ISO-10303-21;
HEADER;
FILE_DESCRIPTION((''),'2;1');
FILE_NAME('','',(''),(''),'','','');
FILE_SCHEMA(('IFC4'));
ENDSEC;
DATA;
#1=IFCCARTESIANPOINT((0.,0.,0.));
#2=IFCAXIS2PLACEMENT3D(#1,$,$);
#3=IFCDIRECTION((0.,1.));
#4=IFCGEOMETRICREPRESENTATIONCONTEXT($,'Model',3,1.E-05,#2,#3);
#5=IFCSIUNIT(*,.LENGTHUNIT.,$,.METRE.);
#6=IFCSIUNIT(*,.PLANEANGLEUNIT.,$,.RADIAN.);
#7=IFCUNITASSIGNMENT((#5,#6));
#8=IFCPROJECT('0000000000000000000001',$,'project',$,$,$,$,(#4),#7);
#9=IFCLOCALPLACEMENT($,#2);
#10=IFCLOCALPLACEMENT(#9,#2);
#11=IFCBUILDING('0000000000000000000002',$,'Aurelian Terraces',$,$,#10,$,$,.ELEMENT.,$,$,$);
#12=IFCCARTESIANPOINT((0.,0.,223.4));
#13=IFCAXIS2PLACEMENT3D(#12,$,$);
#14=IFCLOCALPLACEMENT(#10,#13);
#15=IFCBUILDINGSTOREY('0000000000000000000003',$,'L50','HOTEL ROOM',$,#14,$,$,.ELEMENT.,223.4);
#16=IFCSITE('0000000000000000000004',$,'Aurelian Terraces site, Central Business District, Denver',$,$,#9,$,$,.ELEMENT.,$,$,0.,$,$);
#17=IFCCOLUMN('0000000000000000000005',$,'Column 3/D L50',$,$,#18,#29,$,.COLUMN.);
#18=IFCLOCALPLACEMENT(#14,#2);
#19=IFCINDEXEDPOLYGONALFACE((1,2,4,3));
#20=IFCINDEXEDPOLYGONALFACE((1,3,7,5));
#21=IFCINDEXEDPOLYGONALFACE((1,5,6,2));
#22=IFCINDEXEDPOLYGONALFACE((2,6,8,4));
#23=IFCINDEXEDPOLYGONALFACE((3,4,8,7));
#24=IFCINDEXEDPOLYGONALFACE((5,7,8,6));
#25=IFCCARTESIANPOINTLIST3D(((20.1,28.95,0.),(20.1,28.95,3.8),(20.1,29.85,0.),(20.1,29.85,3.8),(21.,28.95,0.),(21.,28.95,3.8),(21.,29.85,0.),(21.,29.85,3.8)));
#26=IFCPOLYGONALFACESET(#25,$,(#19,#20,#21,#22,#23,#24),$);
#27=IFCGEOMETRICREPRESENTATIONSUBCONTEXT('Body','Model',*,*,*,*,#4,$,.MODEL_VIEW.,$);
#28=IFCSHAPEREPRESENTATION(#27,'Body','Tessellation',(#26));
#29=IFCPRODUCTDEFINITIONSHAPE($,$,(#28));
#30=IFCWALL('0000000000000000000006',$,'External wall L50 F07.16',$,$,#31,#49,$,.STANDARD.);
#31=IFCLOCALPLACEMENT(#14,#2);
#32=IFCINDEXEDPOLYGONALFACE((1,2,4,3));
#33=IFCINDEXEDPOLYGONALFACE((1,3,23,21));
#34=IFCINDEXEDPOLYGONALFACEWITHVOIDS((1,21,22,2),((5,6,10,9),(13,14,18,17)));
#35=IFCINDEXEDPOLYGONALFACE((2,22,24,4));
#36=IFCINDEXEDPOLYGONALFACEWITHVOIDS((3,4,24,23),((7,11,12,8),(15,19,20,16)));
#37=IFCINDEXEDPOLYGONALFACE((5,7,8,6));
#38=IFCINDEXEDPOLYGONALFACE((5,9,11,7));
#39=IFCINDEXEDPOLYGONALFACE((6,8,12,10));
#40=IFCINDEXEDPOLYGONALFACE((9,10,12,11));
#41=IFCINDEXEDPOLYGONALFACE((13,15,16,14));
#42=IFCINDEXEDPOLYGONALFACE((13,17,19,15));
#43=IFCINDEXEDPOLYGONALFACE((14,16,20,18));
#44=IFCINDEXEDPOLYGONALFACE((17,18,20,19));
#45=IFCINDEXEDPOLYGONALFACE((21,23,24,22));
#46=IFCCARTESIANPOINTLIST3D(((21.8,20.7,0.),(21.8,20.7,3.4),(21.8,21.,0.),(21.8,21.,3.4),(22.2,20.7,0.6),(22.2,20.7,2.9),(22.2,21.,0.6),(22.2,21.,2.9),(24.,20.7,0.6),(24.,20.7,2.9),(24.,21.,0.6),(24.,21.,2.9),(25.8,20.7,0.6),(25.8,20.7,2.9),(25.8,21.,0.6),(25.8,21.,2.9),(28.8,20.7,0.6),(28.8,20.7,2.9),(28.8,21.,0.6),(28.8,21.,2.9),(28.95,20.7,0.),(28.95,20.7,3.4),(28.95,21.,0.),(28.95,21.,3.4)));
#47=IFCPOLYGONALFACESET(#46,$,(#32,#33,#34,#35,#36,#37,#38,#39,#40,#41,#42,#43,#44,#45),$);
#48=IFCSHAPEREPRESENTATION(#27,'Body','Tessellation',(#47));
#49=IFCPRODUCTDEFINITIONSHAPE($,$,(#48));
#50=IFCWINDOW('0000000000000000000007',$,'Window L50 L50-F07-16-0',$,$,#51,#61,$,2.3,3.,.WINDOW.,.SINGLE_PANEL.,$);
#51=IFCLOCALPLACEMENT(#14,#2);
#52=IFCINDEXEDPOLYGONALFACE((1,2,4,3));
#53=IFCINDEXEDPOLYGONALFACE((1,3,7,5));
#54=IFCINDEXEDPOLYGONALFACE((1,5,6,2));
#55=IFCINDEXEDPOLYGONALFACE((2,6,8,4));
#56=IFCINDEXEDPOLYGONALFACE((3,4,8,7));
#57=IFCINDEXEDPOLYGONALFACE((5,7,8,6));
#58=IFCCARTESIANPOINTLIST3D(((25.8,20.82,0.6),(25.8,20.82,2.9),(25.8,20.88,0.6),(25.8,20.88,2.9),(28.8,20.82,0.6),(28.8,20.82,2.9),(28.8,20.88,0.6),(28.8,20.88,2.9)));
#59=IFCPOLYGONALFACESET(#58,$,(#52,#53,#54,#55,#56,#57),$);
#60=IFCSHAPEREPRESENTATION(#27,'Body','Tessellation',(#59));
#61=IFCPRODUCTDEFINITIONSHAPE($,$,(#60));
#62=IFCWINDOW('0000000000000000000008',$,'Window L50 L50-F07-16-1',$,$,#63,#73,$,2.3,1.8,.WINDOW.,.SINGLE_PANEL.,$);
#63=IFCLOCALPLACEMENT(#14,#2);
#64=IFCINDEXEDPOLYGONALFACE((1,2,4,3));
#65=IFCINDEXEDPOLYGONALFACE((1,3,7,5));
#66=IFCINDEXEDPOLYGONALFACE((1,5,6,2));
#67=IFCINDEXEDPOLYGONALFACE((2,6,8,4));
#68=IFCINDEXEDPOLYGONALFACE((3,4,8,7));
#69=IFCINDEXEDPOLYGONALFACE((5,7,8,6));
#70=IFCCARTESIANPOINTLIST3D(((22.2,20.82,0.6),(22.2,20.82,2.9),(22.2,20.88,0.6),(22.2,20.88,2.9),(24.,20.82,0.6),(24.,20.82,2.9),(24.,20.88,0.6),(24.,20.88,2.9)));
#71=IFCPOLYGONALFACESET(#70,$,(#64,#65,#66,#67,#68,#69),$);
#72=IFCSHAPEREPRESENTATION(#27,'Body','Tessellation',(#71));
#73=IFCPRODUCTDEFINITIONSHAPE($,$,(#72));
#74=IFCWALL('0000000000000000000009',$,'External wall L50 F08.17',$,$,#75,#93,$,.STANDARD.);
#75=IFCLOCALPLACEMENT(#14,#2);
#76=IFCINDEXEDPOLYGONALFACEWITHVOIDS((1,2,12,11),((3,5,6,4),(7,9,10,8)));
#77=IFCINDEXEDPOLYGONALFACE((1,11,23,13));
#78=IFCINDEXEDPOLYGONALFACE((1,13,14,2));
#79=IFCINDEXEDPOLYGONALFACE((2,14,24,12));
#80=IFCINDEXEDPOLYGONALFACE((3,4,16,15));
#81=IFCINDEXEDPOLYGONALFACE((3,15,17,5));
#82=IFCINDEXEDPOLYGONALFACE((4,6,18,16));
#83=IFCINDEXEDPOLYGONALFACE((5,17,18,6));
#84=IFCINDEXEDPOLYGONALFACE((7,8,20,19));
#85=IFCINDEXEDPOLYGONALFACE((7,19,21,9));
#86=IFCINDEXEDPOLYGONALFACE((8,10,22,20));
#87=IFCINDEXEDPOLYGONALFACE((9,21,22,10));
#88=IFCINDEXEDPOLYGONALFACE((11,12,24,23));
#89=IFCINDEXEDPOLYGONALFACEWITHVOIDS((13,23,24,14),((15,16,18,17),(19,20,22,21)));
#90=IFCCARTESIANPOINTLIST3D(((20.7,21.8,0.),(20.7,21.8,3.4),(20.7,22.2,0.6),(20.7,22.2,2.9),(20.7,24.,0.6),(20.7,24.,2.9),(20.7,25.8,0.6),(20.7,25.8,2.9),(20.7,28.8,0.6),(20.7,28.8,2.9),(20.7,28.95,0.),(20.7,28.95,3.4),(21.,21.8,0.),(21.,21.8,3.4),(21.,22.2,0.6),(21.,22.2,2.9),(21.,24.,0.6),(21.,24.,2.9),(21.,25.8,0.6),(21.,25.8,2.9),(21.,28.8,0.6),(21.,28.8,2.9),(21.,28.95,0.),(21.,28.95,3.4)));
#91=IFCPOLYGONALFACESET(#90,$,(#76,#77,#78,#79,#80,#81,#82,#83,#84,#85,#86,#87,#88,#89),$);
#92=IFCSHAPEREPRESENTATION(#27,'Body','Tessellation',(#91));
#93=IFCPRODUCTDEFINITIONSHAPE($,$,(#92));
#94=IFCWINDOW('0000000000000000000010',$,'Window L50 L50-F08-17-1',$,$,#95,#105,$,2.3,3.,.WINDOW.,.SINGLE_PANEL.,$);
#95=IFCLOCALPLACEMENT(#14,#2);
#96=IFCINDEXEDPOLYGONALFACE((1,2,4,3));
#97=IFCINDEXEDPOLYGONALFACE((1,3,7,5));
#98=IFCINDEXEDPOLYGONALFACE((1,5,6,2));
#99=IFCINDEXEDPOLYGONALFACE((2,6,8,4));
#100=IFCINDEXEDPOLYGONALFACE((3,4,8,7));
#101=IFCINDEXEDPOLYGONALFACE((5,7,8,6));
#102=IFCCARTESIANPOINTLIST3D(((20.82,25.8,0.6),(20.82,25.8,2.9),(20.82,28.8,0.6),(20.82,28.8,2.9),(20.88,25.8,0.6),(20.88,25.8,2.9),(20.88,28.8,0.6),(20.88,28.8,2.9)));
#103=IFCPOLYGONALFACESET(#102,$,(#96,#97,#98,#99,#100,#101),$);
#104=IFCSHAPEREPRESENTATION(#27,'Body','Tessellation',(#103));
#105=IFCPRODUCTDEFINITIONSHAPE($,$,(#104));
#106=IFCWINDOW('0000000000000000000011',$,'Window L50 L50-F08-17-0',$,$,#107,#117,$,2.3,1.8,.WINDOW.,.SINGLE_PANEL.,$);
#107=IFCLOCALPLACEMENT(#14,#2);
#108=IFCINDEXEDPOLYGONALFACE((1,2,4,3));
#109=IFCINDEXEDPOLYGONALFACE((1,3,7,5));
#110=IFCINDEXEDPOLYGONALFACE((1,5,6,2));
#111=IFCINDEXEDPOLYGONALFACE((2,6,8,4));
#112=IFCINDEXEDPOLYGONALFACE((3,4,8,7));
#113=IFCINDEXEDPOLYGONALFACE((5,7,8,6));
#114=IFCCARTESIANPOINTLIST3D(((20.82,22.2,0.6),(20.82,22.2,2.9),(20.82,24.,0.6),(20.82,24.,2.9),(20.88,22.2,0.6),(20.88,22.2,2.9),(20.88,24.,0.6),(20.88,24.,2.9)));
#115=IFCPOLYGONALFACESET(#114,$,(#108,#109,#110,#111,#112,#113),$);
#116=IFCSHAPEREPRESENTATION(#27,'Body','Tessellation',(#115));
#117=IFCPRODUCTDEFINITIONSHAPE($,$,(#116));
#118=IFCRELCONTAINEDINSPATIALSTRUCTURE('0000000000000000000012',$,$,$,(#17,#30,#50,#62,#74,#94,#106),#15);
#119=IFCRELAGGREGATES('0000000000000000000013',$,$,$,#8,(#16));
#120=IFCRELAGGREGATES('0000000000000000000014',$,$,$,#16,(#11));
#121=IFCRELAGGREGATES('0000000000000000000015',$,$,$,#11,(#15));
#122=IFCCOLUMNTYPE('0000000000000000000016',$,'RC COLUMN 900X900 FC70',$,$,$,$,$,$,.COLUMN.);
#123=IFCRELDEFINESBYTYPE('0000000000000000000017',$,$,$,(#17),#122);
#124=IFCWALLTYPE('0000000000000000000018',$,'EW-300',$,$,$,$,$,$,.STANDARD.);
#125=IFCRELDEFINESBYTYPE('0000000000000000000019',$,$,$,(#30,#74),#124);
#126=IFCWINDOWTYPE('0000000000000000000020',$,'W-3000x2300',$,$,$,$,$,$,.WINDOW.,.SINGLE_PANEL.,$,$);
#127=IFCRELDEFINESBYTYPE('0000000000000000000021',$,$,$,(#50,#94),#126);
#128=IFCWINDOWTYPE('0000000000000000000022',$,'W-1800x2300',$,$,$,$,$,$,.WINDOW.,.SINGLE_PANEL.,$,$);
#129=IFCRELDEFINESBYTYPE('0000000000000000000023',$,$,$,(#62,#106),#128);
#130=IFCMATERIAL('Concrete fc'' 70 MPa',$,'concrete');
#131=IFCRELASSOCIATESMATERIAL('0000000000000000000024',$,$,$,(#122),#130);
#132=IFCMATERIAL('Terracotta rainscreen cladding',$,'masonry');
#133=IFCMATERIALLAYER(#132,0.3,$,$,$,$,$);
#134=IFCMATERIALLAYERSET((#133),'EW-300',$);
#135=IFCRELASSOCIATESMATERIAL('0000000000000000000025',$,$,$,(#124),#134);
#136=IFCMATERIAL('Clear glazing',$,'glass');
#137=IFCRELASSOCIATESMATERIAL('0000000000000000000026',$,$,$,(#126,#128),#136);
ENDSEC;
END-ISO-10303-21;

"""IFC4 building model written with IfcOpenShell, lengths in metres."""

from ifc_helpers import new_model, si_unit, direction, frame, frame_2d, origin, origin_2d, place, context, subcontext, project, spatial, rectangle, extrude, source, transform, mapped, material, layer, layer_set, material_profile, profile_set, type_object, element, fill, save


model = new_model("IFC4")

# Units and contexts
model_context = context("Model", 3, precision=1e-05, world=origin(), true_north=direction((0.0, 1.0)))
body_context = subcontext(model_context, "Body", "Model", "MODEL_VIEW")
ifc_project = project(units=[si_unit("LENGTHUNIT", "METRE"), si_unit("PLANEANGLEUNIT", "RADIAN")], contexts=[model_context])

# Site, building, storey
site_placement = place(None, origin())
site = spatial("IfcSite", under=ifc_project, at=site_placement, Name="Aurelian Terraces site, Central Business District, Denver", CompositionType="ELEMENT", RefElevation=0.0)
building_placement = place(site_placement, origin())
building = spatial("IfcBuilding", under=site, at=building_placement, Name="Aurelian Terraces", CompositionType="ELEMENT")
storey_placement = place(building_placement, frame((0.0, 0.0, 223.4)))
storey = spatial("IfcBuildingStorey", under=building, at=storey_placement, Name="L50", Description="HOTEL ROOM", CompositionType="ELEMENT", Elevation=223.4)

# Column
ifc_material_1 = material(Name="Concrete fc' 70 MPa", Category="concrete")
ifc_material_profile = material_profile(ifc_material_1, rectangle(XDim=0.9, YDim=0.9, at=origin_2d()))
ifc_profile_set = profile_set([ifc_material_profile], Name="Concrete fc' 70 MPa")
column_type = type_object("IfcColumnType", Name="RC COLUMN 900X900 FC70", PredefinedType="COLUMN", material=ifc_profile_set)
shared_shape_1 = source(origin(), body_context, "Body", "SweptSolid", [
    extrude(rectangle(XDim=0.9, YDim=0.9, at=origin_2d()), origin(), (0.0, 0.0, 1.0), 3.8),
])
column_placement = place(storey_placement, frame((20.55, 29.4, 0.0), z_axis=(0.0, 0.0, 1.0), x_axis=(1.0, 0.0, 0.0)))
element("IfcColumn", 1, at=column_placement, inside=storey, type_object=column_type, Name="Column 3/D L50", PredefinedType="COLUMN", context=body_context, shape_type="MappedRepresentation", body=[
    mapped(shared_shape_1, transform((0.0, 0.0, 0.0), scale=1.0)),
])

# Walls, openings, windows
ifc_material_2 = material(Name="Terracotta rainscreen cladding", Category="masonry")
ifc_layer_1 = layer(ifc_material_2, 0.3)
ifc_layer_set_1 = layer_set([ifc_layer_1], Name="EW-300")
wall_type_1 = type_object("IfcWallType", Name="EW-300", PredefinedType="STANDARD", material=ifc_layer_set_1)
shared_shape_2 = source(origin(), body_context, "Body", "SweptSolid", [
    extrude(rectangle(XDim=7.15, YDim=0.3, at=frame_2d((3.575, 0.0))), origin(), (0.0, 0.0, 1.0), 3.4),
])
wall_1_placement = place(storey_placement, frame((28.95, 20.85, 0.0), z_axis=(0.0, 0.0, 1.0), x_axis=(-1.0, 0.0, 0.0)))
wall_1 = element("IfcWall", 2, at=wall_1_placement, inside=storey, type_object=wall_type_1, Name="External wall L50 F07.16", PredefinedType="STANDARD", context=body_context, shape_type="MappedRepresentation", body=[
    mapped(shared_shape_2, transform((0.0, 0.0, 0.0), scale=1.0)),
])
shared_shape_3 = source(origin(), body_context, "Body", "SweptSolid", [
    extrude(rectangle(XDim=3.0, YDim=2.3, at=frame_2d((1.5, 1.15))), frame((0.0, 0.16, 0.0), z_axis=(0.0, -1.0, 0.0), x_axis=(1.0, 0.0, 0.0)), (0.0, 0.0, 1.0), 0.32),
])
opening_1_placement = place(wall_1_placement, frame((0.15, 0.0, 0.6)))
opening_1 = element("IfcOpeningElement", 3, at=opening_1_placement, cuts=wall_1, PredefinedType="OPENING", context=body_context, shape_type="MappedRepresentation", body=[
    mapped(shared_shape_3, transform((0.0, 0.0, 0.0), scale=1.0)),
])
shared_shape_4 = source(origin(), body_context, "Body", "SweptSolid", [
    extrude(rectangle(XDim=1.8, YDim=2.3, at=frame_2d((0.9, 1.15))), frame((0.0, 0.16, 0.0), z_axis=(0.0, -1.0, 0.0), x_axis=(1.0, 0.0, 0.0)), (0.0, 0.0, 1.0), 0.32),
])
opening_2_placement = place(wall_1_placement, frame((4.95, 0.0, 0.6)))
opening_2 = element("IfcOpeningElement", 4, at=opening_2_placement, cuts=wall_1, PredefinedType="OPENING", context=body_context, shape_type="MappedRepresentation", body=[
    mapped(shared_shape_4, transform((0.0, 0.0, 0.0), scale=1.0)),
])
ifc_material_3 = material(Name="Clear glazing", Category="glass")
window_type_1 = type_object("IfcWindowType", Name="W-3000x2300", PartitioningType="SINGLE_PANEL", PredefinedType="WINDOW", material=ifc_material_3)
shared_shape_5 = source(origin(), body_context, "Body", "SweptSolid", [
    extrude(rectangle(XDim=3.0, YDim=2.3, at=frame_2d((1.5, 1.15))), frame((0.0, 0.03, 0.0), z_axis=(0.0, -1.0, 0.0), x_axis=(1.0, 0.0, 0.0)), (0.0, 0.0, 1.0), 0.06),
])
window_1_placement = place(opening_1_placement, origin())
window_1 = element("IfcWindow", 5, at=window_1_placement, inside=storey, type_object=window_type_1, Name="Window L50 L50-F07-16-0", OverallHeight=2.3, OverallWidth=3.0, PartitioningType="SINGLE_PANEL", PredefinedType="WINDOW", context=body_context, shape_type="MappedRepresentation", body=[
    mapped(shared_shape_5, transform((0.0, 0.0, 0.0), scale=1.0)),
])
fill(opening_1, window_1)
window_type_2 = type_object("IfcWindowType", Name="W-1800x2300", PartitioningType="SINGLE_PANEL", PredefinedType="WINDOW", material=ifc_material_3)
shared_shape_6 = source(origin(), body_context, "Body", "SweptSolid", [
    extrude(rectangle(XDim=1.8, YDim=2.3, at=frame_2d((0.9, 1.15))), frame((0.0, 0.03, 0.0), z_axis=(0.0, -1.0, 0.0), x_axis=(1.0, 0.0, 0.0)), (0.0, 0.0, 1.0), 0.06),
])
window_2_placement = place(opening_2_placement, origin())
window_2 = element("IfcWindow", 6, at=window_2_placement, inside=storey, type_object=window_type_2, Name="Window L50 L50-F07-16-1", OverallHeight=2.3, OverallWidth=1.8, PartitioningType="SINGLE_PANEL", PredefinedType="WINDOW", context=body_context, shape_type="MappedRepresentation", body=[
    mapped(shared_shape_6, transform((0.0, 0.0, 0.0), scale=1.0)),
])
fill(opening_2, window_2)
wall_2_placement = place(storey_placement, frame((20.85, 21.8, 0.0), z_axis=(0.0, 0.0, 1.0), x_axis=(0.0, 1.0, 0.0)))
wall_2 = element("IfcWall", 7, at=wall_2_placement, inside=storey, type_object=wall_type_1, Name="External wall L50 F08.17", PredefinedType="STANDARD", context=body_context, shape_type="MappedRepresentation", body=[
    mapped(shared_shape_2, transform((0.0, 0.0, 0.0), scale=1.0)),
])
opening_3_placement = place(wall_2_placement, frame((0.4, 0.0, 0.6)))
opening_3 = element("IfcOpeningElement", 8, at=opening_3_placement, cuts=wall_2, PredefinedType="OPENING", context=body_context, shape_type="MappedRepresentation", body=[
    mapped(shared_shape_4, transform((0.0, 0.0, 0.0), scale=1.0)),
])
opening_4_placement = place(wall_2_placement, frame((4.0, 0.0, 0.6)))
opening_4 = element("IfcOpeningElement", 9, at=opening_4_placement, cuts=wall_2, PredefinedType="OPENING", context=body_context, shape_type="MappedRepresentation", body=[
    mapped(shared_shape_3, transform((0.0, 0.0, 0.0), scale=1.0)),
])
window_3_placement = place(opening_4_placement, origin())
window_3 = element("IfcWindow", 10, at=window_3_placement, inside=storey, type_object=window_type_1, Name="Window L50 L50-F08-17-1", OverallHeight=2.3, OverallWidth=3.0, PartitioningType="SINGLE_PANEL", PredefinedType="WINDOW", context=body_context, shape_type="MappedRepresentation", body=[
    mapped(shared_shape_5, transform((0.0, 0.0, 0.0), scale=1.0)),
])
fill(opening_4, window_3)
window_4_placement = place(opening_3_placement, origin())
window_4 = element("IfcWindow", 11, at=window_4_placement, inside=storey, type_object=window_type_2, Name="Window L50 L50-F08-17-0", OverallHeight=2.3, OverallWidth=1.8, PartitioningType="SINGLE_PANEL", PredefinedType="WINDOW", context=body_context, shape_type="MappedRepresentation", body=[
    mapped(shared_shape_6, transform((0.0, 0.0, 0.0), scale=1.0)),
])
fill(opening_3, window_4)

save(model, "model.ifc")
